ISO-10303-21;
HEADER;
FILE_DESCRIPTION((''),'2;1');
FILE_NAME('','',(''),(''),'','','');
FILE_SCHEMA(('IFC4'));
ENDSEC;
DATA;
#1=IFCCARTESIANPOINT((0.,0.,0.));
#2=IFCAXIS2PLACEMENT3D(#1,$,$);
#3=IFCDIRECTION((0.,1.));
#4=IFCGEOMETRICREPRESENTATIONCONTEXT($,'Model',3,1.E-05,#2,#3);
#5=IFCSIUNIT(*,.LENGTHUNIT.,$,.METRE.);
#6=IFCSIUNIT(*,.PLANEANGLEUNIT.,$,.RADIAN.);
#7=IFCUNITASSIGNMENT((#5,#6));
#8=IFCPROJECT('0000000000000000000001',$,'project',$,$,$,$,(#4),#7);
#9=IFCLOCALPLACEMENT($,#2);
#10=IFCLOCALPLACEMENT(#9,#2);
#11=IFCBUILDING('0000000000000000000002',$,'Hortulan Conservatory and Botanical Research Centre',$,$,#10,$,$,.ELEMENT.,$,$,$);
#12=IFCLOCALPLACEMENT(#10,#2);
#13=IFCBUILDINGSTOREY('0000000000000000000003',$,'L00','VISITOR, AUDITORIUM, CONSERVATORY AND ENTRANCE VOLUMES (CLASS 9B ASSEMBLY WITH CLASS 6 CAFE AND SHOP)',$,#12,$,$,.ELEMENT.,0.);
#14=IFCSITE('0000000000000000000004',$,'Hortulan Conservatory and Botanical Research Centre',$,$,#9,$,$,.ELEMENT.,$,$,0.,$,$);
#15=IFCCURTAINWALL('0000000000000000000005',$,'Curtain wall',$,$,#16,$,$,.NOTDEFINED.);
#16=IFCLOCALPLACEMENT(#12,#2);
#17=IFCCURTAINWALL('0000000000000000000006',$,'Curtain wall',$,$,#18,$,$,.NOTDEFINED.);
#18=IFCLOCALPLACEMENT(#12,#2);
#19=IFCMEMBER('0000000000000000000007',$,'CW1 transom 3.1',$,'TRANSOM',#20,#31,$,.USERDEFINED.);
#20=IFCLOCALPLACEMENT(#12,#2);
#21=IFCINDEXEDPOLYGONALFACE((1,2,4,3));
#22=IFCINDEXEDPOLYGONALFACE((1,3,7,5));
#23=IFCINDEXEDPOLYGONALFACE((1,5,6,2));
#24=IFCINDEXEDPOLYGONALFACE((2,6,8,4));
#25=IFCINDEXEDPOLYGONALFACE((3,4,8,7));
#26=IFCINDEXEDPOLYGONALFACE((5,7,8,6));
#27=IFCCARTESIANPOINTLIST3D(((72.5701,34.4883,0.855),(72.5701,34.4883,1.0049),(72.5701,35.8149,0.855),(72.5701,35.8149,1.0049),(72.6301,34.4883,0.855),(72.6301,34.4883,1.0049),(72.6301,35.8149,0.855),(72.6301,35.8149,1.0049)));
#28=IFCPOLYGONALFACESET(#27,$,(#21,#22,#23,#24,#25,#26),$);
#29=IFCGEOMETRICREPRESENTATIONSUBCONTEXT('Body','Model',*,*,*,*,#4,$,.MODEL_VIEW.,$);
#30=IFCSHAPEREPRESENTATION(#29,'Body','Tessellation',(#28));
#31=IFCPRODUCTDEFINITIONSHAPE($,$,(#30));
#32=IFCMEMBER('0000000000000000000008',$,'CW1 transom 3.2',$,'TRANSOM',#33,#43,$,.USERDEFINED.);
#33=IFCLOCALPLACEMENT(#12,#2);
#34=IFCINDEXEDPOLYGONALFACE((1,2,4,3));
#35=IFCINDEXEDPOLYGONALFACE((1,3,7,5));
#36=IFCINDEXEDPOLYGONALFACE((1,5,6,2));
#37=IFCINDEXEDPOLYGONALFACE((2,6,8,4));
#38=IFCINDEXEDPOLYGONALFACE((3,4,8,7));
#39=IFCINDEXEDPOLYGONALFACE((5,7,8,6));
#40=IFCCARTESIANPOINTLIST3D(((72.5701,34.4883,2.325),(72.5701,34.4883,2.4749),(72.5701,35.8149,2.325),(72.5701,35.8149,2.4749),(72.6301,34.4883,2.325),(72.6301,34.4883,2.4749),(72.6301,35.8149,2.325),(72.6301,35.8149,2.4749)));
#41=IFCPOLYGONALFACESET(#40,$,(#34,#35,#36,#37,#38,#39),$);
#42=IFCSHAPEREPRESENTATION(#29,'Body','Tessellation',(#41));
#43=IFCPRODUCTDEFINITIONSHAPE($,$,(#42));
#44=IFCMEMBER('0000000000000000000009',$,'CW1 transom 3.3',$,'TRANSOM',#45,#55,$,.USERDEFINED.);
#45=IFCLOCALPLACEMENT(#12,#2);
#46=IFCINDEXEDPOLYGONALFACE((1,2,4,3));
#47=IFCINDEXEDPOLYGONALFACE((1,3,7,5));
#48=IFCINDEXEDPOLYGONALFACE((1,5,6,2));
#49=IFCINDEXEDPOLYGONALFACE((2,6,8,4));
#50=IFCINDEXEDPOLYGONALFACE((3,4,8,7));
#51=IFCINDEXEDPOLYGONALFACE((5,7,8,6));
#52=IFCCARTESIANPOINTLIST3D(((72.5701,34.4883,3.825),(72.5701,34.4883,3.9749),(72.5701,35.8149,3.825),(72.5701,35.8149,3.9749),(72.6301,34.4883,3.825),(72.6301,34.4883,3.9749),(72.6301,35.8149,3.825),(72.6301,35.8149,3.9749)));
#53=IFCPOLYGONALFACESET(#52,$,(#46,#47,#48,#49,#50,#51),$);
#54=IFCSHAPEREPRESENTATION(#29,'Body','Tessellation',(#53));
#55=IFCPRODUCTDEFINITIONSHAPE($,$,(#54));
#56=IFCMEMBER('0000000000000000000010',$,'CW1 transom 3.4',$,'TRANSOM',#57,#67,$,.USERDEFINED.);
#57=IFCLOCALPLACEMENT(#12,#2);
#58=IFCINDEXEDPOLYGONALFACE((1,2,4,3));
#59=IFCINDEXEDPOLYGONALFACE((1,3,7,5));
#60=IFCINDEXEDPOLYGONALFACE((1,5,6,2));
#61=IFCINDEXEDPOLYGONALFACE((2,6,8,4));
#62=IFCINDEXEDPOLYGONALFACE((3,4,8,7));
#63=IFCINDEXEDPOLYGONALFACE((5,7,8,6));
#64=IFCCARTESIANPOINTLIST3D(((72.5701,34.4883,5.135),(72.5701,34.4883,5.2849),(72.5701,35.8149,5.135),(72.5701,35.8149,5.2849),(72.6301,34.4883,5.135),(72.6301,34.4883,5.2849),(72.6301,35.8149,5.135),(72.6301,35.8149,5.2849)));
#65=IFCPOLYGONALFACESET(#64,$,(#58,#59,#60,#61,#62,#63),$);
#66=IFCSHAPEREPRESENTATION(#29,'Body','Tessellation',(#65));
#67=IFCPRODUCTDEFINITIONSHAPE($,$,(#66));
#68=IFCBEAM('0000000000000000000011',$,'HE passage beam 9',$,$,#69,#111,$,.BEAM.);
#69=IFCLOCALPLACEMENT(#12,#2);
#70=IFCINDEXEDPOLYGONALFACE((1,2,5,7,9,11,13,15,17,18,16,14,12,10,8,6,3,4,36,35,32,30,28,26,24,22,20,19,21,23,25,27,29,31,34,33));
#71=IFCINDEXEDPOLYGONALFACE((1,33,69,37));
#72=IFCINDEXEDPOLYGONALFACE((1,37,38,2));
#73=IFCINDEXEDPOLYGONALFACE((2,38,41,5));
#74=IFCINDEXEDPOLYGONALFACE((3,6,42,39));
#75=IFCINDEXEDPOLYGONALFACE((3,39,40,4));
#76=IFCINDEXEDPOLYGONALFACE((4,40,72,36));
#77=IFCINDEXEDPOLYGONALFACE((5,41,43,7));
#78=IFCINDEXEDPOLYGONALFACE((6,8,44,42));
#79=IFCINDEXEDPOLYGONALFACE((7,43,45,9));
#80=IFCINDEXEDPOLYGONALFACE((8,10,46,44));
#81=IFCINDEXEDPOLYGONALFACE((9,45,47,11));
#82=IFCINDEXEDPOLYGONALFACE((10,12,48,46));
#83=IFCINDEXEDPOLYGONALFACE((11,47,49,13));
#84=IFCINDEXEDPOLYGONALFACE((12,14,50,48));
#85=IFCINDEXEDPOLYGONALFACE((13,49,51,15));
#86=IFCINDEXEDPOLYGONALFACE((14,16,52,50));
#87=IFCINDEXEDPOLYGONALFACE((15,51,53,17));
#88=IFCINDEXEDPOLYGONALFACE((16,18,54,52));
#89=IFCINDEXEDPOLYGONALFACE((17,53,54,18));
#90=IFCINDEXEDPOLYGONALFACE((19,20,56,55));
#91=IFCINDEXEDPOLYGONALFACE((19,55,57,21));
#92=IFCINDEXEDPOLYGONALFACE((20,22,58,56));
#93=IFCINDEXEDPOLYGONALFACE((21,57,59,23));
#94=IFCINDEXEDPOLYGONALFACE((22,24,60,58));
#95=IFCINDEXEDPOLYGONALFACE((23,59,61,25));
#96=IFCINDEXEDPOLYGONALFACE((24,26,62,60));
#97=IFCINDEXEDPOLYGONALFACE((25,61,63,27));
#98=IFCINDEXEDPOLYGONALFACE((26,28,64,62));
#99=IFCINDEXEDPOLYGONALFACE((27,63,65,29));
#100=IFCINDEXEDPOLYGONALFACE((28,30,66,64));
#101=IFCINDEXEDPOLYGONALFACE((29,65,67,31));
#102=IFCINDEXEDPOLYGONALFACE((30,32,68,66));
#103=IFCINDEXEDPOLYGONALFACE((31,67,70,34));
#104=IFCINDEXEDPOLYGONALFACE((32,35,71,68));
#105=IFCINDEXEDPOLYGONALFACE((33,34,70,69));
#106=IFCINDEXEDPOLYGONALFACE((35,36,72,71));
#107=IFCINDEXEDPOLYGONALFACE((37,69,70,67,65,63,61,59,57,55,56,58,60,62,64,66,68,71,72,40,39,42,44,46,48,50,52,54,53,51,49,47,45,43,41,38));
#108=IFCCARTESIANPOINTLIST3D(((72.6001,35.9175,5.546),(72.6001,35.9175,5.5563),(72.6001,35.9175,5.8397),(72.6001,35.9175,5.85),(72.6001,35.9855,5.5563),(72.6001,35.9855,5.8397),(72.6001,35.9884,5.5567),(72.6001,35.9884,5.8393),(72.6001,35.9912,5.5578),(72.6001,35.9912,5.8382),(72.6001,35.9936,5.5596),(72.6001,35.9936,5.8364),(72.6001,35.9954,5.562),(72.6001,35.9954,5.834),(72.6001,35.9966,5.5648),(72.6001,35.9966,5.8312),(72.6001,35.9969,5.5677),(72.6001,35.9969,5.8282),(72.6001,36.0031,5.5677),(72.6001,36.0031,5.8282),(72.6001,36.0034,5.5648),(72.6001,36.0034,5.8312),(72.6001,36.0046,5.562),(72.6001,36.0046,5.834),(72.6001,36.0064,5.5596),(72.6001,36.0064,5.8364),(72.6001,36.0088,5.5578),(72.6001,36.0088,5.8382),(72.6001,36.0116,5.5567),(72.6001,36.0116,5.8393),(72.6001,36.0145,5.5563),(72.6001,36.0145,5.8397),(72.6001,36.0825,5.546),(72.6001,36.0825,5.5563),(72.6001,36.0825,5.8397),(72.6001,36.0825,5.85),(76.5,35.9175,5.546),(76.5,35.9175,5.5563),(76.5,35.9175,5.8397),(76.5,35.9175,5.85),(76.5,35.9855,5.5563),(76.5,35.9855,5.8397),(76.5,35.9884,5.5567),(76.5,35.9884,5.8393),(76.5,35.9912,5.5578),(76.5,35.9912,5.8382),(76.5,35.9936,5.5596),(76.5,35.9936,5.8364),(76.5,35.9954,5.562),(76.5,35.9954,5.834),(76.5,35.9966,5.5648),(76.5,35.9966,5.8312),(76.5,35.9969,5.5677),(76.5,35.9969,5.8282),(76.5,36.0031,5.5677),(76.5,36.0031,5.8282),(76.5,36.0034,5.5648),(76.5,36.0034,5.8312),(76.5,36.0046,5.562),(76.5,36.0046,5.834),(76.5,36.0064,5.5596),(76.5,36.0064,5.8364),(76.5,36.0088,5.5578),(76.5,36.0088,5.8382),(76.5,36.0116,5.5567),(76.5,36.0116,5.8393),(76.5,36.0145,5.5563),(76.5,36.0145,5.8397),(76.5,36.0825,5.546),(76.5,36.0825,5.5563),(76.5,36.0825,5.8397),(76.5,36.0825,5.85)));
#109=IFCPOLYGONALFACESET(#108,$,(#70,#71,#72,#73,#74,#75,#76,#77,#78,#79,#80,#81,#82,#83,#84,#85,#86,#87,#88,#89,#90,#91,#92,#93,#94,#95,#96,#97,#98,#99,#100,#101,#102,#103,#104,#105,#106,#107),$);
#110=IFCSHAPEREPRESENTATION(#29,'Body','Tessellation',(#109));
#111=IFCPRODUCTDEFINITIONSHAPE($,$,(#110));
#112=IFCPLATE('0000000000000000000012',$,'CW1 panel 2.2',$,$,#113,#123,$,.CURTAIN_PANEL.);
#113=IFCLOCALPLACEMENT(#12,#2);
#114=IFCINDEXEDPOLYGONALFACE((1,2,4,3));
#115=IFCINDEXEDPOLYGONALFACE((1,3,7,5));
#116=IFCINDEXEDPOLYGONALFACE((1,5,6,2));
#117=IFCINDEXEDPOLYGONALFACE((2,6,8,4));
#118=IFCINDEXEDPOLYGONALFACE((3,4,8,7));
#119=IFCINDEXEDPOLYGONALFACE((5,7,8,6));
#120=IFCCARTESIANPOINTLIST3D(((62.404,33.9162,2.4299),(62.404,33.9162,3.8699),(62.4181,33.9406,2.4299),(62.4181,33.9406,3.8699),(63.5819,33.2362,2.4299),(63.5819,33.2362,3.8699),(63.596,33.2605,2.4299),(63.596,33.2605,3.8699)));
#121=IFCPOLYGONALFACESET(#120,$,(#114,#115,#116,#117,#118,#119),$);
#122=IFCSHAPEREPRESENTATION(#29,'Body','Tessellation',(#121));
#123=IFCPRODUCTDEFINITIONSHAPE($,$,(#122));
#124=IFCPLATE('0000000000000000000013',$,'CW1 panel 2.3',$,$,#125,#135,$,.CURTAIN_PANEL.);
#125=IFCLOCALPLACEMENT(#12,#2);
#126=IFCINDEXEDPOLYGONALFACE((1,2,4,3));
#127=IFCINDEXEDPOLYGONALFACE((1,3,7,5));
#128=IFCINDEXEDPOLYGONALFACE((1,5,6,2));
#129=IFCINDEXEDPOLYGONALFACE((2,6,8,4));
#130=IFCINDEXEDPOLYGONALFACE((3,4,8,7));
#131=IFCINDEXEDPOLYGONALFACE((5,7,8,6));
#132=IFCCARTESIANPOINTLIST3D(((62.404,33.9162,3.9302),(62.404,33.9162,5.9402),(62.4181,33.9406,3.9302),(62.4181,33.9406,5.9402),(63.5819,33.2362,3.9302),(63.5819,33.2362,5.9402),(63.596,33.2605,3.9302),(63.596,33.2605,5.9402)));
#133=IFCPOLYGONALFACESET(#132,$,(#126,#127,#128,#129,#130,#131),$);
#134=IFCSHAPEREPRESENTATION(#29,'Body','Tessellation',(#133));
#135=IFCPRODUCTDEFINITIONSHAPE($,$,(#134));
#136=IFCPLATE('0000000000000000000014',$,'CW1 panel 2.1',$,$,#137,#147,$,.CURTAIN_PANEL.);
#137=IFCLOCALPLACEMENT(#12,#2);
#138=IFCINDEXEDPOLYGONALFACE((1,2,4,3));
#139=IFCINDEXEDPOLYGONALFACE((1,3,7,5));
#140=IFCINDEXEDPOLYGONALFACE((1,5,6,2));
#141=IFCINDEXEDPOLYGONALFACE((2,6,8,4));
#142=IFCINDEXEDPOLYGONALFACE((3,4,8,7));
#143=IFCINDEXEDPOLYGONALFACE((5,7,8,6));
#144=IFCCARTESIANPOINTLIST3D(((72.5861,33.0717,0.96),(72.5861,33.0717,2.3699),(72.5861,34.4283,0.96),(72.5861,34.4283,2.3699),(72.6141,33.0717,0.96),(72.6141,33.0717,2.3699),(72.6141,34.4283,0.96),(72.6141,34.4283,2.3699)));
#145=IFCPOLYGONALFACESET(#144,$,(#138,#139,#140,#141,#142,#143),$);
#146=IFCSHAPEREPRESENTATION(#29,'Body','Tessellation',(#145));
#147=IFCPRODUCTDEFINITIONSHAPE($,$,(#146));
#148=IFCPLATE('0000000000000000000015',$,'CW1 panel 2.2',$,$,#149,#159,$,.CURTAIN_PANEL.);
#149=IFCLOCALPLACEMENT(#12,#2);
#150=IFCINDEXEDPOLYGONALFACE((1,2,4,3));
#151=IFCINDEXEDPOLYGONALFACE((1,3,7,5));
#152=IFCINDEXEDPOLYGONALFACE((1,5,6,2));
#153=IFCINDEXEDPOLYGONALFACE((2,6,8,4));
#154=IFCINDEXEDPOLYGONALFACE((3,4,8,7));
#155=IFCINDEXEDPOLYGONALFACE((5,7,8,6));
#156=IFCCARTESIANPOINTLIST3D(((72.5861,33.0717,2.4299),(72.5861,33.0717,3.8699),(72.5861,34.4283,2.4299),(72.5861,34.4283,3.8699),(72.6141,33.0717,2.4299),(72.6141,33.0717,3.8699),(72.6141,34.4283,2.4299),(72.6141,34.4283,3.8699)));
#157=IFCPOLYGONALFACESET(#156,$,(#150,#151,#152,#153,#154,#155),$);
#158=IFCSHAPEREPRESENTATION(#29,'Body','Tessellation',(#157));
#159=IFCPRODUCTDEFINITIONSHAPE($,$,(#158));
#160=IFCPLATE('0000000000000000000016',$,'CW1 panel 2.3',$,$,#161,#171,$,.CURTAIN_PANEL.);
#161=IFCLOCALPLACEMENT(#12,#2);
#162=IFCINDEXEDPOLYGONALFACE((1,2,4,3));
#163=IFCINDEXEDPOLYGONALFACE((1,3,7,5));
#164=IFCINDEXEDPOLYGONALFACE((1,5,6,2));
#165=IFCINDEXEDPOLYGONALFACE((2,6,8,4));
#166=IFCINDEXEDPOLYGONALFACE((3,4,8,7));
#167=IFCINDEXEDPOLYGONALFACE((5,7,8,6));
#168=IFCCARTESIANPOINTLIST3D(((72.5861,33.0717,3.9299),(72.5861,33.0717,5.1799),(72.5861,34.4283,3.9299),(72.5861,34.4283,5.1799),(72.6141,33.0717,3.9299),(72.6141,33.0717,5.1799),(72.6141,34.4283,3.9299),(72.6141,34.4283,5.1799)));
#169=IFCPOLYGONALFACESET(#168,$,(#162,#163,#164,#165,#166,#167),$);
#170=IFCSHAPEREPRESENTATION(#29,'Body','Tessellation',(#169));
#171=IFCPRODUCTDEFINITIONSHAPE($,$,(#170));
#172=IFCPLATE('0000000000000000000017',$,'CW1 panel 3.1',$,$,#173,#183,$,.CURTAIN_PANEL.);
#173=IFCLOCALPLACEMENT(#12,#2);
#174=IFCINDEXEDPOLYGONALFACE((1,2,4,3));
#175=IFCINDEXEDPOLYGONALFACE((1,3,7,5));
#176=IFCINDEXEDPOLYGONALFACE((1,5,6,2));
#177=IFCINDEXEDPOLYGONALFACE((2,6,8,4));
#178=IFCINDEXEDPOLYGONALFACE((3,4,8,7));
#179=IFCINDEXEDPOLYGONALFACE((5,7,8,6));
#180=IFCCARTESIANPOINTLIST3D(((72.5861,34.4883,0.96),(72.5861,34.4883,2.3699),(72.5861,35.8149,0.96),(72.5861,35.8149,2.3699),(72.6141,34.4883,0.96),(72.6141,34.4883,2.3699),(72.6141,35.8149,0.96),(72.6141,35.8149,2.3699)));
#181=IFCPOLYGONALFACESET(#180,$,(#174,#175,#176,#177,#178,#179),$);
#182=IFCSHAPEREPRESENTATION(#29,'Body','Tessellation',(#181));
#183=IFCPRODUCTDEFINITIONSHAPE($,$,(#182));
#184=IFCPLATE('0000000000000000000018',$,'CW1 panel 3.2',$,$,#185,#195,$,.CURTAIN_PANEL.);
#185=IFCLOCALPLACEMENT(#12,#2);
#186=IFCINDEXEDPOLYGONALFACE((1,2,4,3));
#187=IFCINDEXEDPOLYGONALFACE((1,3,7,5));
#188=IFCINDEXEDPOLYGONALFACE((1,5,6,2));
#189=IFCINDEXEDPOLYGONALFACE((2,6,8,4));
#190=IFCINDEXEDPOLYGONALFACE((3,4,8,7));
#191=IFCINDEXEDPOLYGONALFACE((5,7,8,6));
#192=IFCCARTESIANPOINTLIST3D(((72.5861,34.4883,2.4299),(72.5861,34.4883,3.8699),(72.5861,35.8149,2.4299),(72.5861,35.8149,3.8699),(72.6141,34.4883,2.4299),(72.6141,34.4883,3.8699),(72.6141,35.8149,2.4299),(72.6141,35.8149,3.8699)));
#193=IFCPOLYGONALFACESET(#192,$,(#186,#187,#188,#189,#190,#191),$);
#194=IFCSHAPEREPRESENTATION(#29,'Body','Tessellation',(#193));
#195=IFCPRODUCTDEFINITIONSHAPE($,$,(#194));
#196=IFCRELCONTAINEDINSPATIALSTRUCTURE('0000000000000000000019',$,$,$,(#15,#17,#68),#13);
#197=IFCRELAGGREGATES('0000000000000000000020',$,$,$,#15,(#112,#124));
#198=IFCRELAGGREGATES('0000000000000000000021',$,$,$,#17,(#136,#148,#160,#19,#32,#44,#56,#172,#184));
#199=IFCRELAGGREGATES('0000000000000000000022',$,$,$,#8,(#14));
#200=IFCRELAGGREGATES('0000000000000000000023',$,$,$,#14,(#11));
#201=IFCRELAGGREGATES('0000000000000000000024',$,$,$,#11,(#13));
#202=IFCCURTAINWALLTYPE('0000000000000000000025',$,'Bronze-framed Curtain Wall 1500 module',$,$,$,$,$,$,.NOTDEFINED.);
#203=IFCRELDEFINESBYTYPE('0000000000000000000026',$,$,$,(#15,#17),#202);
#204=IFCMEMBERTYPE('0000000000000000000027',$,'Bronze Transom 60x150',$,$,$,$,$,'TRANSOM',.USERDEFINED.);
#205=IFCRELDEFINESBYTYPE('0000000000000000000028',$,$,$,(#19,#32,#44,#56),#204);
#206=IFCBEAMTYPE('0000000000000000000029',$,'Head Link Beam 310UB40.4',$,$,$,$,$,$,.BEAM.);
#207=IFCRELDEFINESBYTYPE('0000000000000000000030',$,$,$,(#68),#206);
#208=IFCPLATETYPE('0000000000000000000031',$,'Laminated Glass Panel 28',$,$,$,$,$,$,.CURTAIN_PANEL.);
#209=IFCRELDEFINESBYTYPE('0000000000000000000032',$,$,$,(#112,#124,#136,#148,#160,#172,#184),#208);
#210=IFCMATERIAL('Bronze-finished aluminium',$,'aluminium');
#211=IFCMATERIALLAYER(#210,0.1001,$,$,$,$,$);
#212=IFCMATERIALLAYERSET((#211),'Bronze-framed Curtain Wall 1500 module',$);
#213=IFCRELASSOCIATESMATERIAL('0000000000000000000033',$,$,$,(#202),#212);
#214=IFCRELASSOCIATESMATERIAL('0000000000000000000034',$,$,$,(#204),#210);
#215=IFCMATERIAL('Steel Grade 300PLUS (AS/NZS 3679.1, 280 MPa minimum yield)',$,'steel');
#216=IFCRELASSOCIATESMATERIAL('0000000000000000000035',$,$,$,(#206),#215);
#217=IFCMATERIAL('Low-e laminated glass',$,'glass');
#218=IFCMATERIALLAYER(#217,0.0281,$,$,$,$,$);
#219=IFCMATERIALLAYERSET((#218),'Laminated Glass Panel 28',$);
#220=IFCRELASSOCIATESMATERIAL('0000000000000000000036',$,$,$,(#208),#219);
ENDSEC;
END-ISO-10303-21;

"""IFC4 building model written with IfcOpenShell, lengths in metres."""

from ifc_helpers import new_model, si_unit, direction, frame, origin, origin_2d, place, context, subcontext, project, spatial, rectangle, i_section, extrude, material, layer, layer_set, material_profile, profile_set, type_object, element, aggregate, save


model = new_model("IFC4")

# Units and contexts
model_context = context("Model", 3, precision=1e-05, world=origin(), true_north=direction((0.0, 1.0)))
body_context = subcontext(model_context, "Body", "Model", "MODEL_VIEW")
ifc_project = project(units=[si_unit("LENGTHUNIT", "METRE"), si_unit("PLANEANGLEUNIT", "RADIAN")], contexts=[model_context])

# Site, building, storey
site_placement = place(None, origin())
site = spatial("IfcSite", under=ifc_project, at=site_placement, Name="Hortulan Conservatory and Botanical Research Centre", CompositionType="ELEMENT", RefElevation=0.0)
building_placement = place(site_placement, origin())
building = spatial("IfcBuilding", under=site, at=building_placement, Name="Hortulan Conservatory and Botanical Research Centre", CompositionType="ELEMENT")
storey_placement = place(building_placement, origin())
storey = spatial("IfcBuildingStorey", under=building, at=storey_placement, Name="L00", Description="VISITOR, AUDITORIUM, CONSERVATORY AND ENTRANCE VOLUMES (CLASS 9B ASSEMBLY WITH CLASS 6 CAFE AND SHOP)", CompositionType="ELEMENT", Elevation=0.0)

# Curtain wall
ifc_material_1 = material(Name="Bronze-finished aluminium", Category="aluminium")
ifc_layer_1 = layer(ifc_material_1, 0.1001)
ifc_layer_set_1 = layer_set([ifc_layer_1], Name="Bronze-framed Curtain Wall 1500 module")
curtain_wall_type = type_object("IfcCurtainWallType", Name="Bronze-framed Curtain Wall 1500 module", PredefinedType="NOTDEFINED", material=ifc_layer_set_1)
curtain_wall_1_placement = place(storey_placement, origin())
curtain_wall_1 = element("IfcCurtainWall", 1, at=curtain_wall_1_placement, inside=storey, type_object=curtain_wall_type, Name="Curtain wall", PredefinedType="NOTDEFINED")

# Curtain wall
curtain_wall_2_placement = place(storey_placement, origin())
curtain_wall_2 = element("IfcCurtainWall", 2, at=curtain_wall_2_placement, inside=storey, type_object=curtain_wall_type, Name="Curtain wall", PredefinedType="NOTDEFINED")

# Members
ifc_material_profile_1 = material_profile(ifc_material_1, rectangle(XDim=0.0601, YDim=0.1499, at=origin_2d()), Name="Bronze Transom 60x150")
ifc_profile_set_1 = profile_set([ifc_material_profile_1], Name="Bronze-finished aluminium")
member_type_1 = type_object("IfcMemberType", Name="Bronze Transom 60x150", ElementType="TRANSOM", PredefinedType="USERDEFINED", material=ifc_profile_set_1)
member_1_placement = place(storey_placement, frame((72.6001, 34.4883, 0.9299), z_axis=(0.0, 1.0, 0.0), x_axis=(-1.0, 0.0, 0.0)))
member_1 = element("IfcMember", 3, at=member_1_placement, type_object=member_type_1, Name="CW1 transom 3.1", ObjectType="TRANSOM", PredefinedType="USERDEFINED", context=body_context, shape_type="SweptSolid", body=[
    extrude(rectangle(XDim=0.0601, YDim=0.1499, at=origin_2d()), origin(), (0.0, 0.0, 1.0), 1.3267),
])
member_2_placement = place(storey_placement, frame((72.6001, 34.4883, 2.3999), z_axis=(0.0, 1.0, 0.0), x_axis=(-1.0, 0.0, 0.0)))
member_2 = element("IfcMember", 4, at=member_2_placement, type_object=member_type_1, Name="CW1 transom 3.2", ObjectType="TRANSOM", PredefinedType="USERDEFINED", context=body_context, shape_type="SweptSolid", body=[
    extrude(rectangle(XDim=0.0601, YDim=0.1499, at=origin_2d()), origin(), (0.0, 0.0, 1.0), 1.3267),
])
member_3_placement = place(storey_placement, frame((72.6001, 34.4883, 3.8999), z_axis=(0.0, 1.0, 0.0), x_axis=(-1.0, 0.0, 0.0)))
member_3 = element("IfcMember", 5, at=member_3_placement, type_object=member_type_1, Name="CW1 transom 3.3", ObjectType="TRANSOM", PredefinedType="USERDEFINED", context=body_context, shape_type="SweptSolid", body=[
    extrude(rectangle(XDim=0.0601, YDim=0.1499, at=origin_2d()), origin(), (0.0, 0.0, 1.0), 1.3267),
])
member_4_placement = place(storey_placement, frame((72.6001, 34.4883, 5.21), z_axis=(0.0, 1.0, 0.0), x_axis=(-1.0, 0.0, 0.0)))
member_4 = element("IfcMember", 6, at=member_4_placement, type_object=member_type_1, Name="CW1 transom 3.4", ObjectType="TRANSOM", PredefinedType="USERDEFINED", context=body_context, shape_type="SweptSolid", body=[
    extrude(rectangle(XDim=0.0601, YDim=0.1499, at=origin_2d()), origin(), (0.0, 0.0, 1.0), 1.3267),
])

# Beam
ifc_material_2 = material(Name="Steel Grade 300PLUS (AS/NZS 3679.1, 280 MPa minimum yield)", Category="steel")
ifc_material_profile_2 = material_profile(ifc_material_2, i_section(OverallWidth=0.165, OverallDepth=0.304, WebThickness=0.0061, FlangeThickness=0.0103, FilletRadius=0.0115, at=origin_2d()), Name="310UB40.4")
ifc_profile_set_2 = profile_set([ifc_material_profile_2], Name="Steel Grade 300PLUS (AS/NZS 3679.1, 280 MPa minimum yield)")
beam_type = type_object("IfcBeamType", Name="Head Link Beam 310UB40.4", PredefinedType="BEAM", material=ifc_profile_set_2)
beam_placement = place(storey_placement, frame((72.6001, 36.0, 5.698), z_axis=(1.0, 0.0, 0.0), x_axis=(0.0, 1.0, 0.0)))
element("IfcBeam", 7, at=beam_placement, inside=storey, type_object=beam_type, Name="HE passage beam 9", PredefinedType="BEAM", context=body_context, shape_type="SweptSolid", body=[
    extrude(i_section(OverallWidth=0.165, OverallDepth=0.304, WebThickness=0.0061, FlangeThickness=0.0103, FilletRadius=0.0115, at=origin_2d()), origin(), (0.0, 0.0, 1.0), 3.8999),
])

# Plates
ifc_material_3 = material(Name="Low-e laminated glass", Category="glass")
ifc_layer_2 = layer(ifc_material_3, 0.0281)
ifc_layer_set_2 = layer_set([ifc_layer_2], Name="Laminated Glass Panel 28")
plate_type = type_object("IfcPlateType", Name="Laminated Glass Panel 28", PredefinedType="CURTAIN_PANEL", material=ifc_layer_set_2)
plate_1_placement = place(storey_placement, frame((63.0, 33.5884, 2.4299), z_axis=(0.0, 0.0, 1.0), x_axis=(0.866036, -0.499981, 0.0)))
plate_1 = element("IfcPlate", 8, at=plate_1_placement, type_object=plate_type, Name="CW1 panel 2.2", PredefinedType="CURTAIN_PANEL", context=body_context, shape_type="SweptSolid", body=[
    extrude(rectangle(XDim=1.3601, YDim=0.0281, at=origin_2d()), origin(), (0.0, 0.0, 1.0), 1.4399),
])
plate_2_placement = place(storey_placement, frame((63.0, 33.5884, 3.9302), z_axis=(0.0, 0.0, 1.0), x_axis=(0.866036, -0.499981, 0.0)))
plate_2 = element("IfcPlate", 9, at=plate_2_placement, type_object=plate_type, Name="CW1 panel 2.3", PredefinedType="CURTAIN_PANEL", context=body_context, shape_type="SweptSolid", body=[
    extrude(rectangle(XDim=1.3601, YDim=0.0281, at=origin_2d()), origin(), (0.0, 0.0, 1.0), 2.01),
])
aggregate(curtain_wall_1, [plate_1, plate_2])
plate_3_placement = place(storey_placement, frame((72.6001, 33.75, 0.96), z_axis=(0.0, 0.0, 1.0), x_axis=(0.0, 1.0, 0.0)))
plate_3 = element("IfcPlate", 10, at=plate_3_placement, type_object=plate_type, Name="CW1 panel 2.1", PredefinedType="CURTAIN_PANEL", context=body_context, shape_type="SweptSolid", body=[
    extrude(rectangle(XDim=1.3567, YDim=0.0281, at=origin_2d()), origin(), (0.0, 0.0, 1.0), 1.4099),
])
plate_4_placement = place(storey_placement, frame((72.6001, 33.75, 2.4299), z_axis=(0.0, 0.0, 1.0), x_axis=(0.0, 1.0, 0.0)))
plate_4 = element("IfcPlate", 11, at=plate_4_placement, type_object=plate_type, Name="CW1 panel 2.2", PredefinedType="CURTAIN_PANEL", context=body_context, shape_type="SweptSolid", body=[
    extrude(rectangle(XDim=1.3567, YDim=0.0281, at=origin_2d()), origin(), (0.0, 0.0, 1.0), 1.4399),
])
plate_5_placement = place(storey_placement, frame((72.6001, 33.75, 3.9299), z_axis=(0.0, 0.0, 1.0), x_axis=(0.0, 1.0, 0.0)))
plate_5 = element("IfcPlate", 12, at=plate_5_placement, type_object=plate_type, Name="CW1 panel 2.3", PredefinedType="CURTAIN_PANEL", context=body_context, shape_type="SweptSolid", body=[
    extrude(rectangle(XDim=1.3567, YDim=0.0281, at=origin_2d()), origin(), (0.0, 0.0, 1.0), 1.25),
])
plate_6_placement = place(storey_placement, frame((72.6001, 35.1516, 0.96), z_axis=(0.0, 0.0, 1.0), x_axis=(0.0, 1.0, 0.0)))
plate_6 = element("IfcPlate", 13, at=plate_6_placement, type_object=plate_type, Name="CW1 panel 3.1", PredefinedType="CURTAIN_PANEL", context=body_context, shape_type="SweptSolid", body=[
    extrude(rectangle(XDim=1.3267, YDim=0.0281, at=origin_2d()), origin(), (0.0, 0.0, 1.0), 1.4099),
])
plate_7_placement = place(storey_placement, frame((72.6001, 35.1516, 2.4299), z_axis=(0.0, 0.0, 1.0), x_axis=(0.0, 1.0, 0.0)))
plate_7 = element("IfcPlate", 14, at=plate_7_placement, type_object=plate_type, Name="CW1 panel 3.2", PredefinedType="CURTAIN_PANEL", context=body_context, shape_type="SweptSolid", body=[
    extrude(rectangle(XDim=1.3267, YDim=0.0281, at=origin_2d()), origin(), (0.0, 0.0, 1.0), 1.4399),
])
aggregate(curtain_wall_2, [plate_3, plate_4, plate_5, member_1, member_2, member_3, member_4, plate_6, plate_7])

save(model, "model.ifc")
